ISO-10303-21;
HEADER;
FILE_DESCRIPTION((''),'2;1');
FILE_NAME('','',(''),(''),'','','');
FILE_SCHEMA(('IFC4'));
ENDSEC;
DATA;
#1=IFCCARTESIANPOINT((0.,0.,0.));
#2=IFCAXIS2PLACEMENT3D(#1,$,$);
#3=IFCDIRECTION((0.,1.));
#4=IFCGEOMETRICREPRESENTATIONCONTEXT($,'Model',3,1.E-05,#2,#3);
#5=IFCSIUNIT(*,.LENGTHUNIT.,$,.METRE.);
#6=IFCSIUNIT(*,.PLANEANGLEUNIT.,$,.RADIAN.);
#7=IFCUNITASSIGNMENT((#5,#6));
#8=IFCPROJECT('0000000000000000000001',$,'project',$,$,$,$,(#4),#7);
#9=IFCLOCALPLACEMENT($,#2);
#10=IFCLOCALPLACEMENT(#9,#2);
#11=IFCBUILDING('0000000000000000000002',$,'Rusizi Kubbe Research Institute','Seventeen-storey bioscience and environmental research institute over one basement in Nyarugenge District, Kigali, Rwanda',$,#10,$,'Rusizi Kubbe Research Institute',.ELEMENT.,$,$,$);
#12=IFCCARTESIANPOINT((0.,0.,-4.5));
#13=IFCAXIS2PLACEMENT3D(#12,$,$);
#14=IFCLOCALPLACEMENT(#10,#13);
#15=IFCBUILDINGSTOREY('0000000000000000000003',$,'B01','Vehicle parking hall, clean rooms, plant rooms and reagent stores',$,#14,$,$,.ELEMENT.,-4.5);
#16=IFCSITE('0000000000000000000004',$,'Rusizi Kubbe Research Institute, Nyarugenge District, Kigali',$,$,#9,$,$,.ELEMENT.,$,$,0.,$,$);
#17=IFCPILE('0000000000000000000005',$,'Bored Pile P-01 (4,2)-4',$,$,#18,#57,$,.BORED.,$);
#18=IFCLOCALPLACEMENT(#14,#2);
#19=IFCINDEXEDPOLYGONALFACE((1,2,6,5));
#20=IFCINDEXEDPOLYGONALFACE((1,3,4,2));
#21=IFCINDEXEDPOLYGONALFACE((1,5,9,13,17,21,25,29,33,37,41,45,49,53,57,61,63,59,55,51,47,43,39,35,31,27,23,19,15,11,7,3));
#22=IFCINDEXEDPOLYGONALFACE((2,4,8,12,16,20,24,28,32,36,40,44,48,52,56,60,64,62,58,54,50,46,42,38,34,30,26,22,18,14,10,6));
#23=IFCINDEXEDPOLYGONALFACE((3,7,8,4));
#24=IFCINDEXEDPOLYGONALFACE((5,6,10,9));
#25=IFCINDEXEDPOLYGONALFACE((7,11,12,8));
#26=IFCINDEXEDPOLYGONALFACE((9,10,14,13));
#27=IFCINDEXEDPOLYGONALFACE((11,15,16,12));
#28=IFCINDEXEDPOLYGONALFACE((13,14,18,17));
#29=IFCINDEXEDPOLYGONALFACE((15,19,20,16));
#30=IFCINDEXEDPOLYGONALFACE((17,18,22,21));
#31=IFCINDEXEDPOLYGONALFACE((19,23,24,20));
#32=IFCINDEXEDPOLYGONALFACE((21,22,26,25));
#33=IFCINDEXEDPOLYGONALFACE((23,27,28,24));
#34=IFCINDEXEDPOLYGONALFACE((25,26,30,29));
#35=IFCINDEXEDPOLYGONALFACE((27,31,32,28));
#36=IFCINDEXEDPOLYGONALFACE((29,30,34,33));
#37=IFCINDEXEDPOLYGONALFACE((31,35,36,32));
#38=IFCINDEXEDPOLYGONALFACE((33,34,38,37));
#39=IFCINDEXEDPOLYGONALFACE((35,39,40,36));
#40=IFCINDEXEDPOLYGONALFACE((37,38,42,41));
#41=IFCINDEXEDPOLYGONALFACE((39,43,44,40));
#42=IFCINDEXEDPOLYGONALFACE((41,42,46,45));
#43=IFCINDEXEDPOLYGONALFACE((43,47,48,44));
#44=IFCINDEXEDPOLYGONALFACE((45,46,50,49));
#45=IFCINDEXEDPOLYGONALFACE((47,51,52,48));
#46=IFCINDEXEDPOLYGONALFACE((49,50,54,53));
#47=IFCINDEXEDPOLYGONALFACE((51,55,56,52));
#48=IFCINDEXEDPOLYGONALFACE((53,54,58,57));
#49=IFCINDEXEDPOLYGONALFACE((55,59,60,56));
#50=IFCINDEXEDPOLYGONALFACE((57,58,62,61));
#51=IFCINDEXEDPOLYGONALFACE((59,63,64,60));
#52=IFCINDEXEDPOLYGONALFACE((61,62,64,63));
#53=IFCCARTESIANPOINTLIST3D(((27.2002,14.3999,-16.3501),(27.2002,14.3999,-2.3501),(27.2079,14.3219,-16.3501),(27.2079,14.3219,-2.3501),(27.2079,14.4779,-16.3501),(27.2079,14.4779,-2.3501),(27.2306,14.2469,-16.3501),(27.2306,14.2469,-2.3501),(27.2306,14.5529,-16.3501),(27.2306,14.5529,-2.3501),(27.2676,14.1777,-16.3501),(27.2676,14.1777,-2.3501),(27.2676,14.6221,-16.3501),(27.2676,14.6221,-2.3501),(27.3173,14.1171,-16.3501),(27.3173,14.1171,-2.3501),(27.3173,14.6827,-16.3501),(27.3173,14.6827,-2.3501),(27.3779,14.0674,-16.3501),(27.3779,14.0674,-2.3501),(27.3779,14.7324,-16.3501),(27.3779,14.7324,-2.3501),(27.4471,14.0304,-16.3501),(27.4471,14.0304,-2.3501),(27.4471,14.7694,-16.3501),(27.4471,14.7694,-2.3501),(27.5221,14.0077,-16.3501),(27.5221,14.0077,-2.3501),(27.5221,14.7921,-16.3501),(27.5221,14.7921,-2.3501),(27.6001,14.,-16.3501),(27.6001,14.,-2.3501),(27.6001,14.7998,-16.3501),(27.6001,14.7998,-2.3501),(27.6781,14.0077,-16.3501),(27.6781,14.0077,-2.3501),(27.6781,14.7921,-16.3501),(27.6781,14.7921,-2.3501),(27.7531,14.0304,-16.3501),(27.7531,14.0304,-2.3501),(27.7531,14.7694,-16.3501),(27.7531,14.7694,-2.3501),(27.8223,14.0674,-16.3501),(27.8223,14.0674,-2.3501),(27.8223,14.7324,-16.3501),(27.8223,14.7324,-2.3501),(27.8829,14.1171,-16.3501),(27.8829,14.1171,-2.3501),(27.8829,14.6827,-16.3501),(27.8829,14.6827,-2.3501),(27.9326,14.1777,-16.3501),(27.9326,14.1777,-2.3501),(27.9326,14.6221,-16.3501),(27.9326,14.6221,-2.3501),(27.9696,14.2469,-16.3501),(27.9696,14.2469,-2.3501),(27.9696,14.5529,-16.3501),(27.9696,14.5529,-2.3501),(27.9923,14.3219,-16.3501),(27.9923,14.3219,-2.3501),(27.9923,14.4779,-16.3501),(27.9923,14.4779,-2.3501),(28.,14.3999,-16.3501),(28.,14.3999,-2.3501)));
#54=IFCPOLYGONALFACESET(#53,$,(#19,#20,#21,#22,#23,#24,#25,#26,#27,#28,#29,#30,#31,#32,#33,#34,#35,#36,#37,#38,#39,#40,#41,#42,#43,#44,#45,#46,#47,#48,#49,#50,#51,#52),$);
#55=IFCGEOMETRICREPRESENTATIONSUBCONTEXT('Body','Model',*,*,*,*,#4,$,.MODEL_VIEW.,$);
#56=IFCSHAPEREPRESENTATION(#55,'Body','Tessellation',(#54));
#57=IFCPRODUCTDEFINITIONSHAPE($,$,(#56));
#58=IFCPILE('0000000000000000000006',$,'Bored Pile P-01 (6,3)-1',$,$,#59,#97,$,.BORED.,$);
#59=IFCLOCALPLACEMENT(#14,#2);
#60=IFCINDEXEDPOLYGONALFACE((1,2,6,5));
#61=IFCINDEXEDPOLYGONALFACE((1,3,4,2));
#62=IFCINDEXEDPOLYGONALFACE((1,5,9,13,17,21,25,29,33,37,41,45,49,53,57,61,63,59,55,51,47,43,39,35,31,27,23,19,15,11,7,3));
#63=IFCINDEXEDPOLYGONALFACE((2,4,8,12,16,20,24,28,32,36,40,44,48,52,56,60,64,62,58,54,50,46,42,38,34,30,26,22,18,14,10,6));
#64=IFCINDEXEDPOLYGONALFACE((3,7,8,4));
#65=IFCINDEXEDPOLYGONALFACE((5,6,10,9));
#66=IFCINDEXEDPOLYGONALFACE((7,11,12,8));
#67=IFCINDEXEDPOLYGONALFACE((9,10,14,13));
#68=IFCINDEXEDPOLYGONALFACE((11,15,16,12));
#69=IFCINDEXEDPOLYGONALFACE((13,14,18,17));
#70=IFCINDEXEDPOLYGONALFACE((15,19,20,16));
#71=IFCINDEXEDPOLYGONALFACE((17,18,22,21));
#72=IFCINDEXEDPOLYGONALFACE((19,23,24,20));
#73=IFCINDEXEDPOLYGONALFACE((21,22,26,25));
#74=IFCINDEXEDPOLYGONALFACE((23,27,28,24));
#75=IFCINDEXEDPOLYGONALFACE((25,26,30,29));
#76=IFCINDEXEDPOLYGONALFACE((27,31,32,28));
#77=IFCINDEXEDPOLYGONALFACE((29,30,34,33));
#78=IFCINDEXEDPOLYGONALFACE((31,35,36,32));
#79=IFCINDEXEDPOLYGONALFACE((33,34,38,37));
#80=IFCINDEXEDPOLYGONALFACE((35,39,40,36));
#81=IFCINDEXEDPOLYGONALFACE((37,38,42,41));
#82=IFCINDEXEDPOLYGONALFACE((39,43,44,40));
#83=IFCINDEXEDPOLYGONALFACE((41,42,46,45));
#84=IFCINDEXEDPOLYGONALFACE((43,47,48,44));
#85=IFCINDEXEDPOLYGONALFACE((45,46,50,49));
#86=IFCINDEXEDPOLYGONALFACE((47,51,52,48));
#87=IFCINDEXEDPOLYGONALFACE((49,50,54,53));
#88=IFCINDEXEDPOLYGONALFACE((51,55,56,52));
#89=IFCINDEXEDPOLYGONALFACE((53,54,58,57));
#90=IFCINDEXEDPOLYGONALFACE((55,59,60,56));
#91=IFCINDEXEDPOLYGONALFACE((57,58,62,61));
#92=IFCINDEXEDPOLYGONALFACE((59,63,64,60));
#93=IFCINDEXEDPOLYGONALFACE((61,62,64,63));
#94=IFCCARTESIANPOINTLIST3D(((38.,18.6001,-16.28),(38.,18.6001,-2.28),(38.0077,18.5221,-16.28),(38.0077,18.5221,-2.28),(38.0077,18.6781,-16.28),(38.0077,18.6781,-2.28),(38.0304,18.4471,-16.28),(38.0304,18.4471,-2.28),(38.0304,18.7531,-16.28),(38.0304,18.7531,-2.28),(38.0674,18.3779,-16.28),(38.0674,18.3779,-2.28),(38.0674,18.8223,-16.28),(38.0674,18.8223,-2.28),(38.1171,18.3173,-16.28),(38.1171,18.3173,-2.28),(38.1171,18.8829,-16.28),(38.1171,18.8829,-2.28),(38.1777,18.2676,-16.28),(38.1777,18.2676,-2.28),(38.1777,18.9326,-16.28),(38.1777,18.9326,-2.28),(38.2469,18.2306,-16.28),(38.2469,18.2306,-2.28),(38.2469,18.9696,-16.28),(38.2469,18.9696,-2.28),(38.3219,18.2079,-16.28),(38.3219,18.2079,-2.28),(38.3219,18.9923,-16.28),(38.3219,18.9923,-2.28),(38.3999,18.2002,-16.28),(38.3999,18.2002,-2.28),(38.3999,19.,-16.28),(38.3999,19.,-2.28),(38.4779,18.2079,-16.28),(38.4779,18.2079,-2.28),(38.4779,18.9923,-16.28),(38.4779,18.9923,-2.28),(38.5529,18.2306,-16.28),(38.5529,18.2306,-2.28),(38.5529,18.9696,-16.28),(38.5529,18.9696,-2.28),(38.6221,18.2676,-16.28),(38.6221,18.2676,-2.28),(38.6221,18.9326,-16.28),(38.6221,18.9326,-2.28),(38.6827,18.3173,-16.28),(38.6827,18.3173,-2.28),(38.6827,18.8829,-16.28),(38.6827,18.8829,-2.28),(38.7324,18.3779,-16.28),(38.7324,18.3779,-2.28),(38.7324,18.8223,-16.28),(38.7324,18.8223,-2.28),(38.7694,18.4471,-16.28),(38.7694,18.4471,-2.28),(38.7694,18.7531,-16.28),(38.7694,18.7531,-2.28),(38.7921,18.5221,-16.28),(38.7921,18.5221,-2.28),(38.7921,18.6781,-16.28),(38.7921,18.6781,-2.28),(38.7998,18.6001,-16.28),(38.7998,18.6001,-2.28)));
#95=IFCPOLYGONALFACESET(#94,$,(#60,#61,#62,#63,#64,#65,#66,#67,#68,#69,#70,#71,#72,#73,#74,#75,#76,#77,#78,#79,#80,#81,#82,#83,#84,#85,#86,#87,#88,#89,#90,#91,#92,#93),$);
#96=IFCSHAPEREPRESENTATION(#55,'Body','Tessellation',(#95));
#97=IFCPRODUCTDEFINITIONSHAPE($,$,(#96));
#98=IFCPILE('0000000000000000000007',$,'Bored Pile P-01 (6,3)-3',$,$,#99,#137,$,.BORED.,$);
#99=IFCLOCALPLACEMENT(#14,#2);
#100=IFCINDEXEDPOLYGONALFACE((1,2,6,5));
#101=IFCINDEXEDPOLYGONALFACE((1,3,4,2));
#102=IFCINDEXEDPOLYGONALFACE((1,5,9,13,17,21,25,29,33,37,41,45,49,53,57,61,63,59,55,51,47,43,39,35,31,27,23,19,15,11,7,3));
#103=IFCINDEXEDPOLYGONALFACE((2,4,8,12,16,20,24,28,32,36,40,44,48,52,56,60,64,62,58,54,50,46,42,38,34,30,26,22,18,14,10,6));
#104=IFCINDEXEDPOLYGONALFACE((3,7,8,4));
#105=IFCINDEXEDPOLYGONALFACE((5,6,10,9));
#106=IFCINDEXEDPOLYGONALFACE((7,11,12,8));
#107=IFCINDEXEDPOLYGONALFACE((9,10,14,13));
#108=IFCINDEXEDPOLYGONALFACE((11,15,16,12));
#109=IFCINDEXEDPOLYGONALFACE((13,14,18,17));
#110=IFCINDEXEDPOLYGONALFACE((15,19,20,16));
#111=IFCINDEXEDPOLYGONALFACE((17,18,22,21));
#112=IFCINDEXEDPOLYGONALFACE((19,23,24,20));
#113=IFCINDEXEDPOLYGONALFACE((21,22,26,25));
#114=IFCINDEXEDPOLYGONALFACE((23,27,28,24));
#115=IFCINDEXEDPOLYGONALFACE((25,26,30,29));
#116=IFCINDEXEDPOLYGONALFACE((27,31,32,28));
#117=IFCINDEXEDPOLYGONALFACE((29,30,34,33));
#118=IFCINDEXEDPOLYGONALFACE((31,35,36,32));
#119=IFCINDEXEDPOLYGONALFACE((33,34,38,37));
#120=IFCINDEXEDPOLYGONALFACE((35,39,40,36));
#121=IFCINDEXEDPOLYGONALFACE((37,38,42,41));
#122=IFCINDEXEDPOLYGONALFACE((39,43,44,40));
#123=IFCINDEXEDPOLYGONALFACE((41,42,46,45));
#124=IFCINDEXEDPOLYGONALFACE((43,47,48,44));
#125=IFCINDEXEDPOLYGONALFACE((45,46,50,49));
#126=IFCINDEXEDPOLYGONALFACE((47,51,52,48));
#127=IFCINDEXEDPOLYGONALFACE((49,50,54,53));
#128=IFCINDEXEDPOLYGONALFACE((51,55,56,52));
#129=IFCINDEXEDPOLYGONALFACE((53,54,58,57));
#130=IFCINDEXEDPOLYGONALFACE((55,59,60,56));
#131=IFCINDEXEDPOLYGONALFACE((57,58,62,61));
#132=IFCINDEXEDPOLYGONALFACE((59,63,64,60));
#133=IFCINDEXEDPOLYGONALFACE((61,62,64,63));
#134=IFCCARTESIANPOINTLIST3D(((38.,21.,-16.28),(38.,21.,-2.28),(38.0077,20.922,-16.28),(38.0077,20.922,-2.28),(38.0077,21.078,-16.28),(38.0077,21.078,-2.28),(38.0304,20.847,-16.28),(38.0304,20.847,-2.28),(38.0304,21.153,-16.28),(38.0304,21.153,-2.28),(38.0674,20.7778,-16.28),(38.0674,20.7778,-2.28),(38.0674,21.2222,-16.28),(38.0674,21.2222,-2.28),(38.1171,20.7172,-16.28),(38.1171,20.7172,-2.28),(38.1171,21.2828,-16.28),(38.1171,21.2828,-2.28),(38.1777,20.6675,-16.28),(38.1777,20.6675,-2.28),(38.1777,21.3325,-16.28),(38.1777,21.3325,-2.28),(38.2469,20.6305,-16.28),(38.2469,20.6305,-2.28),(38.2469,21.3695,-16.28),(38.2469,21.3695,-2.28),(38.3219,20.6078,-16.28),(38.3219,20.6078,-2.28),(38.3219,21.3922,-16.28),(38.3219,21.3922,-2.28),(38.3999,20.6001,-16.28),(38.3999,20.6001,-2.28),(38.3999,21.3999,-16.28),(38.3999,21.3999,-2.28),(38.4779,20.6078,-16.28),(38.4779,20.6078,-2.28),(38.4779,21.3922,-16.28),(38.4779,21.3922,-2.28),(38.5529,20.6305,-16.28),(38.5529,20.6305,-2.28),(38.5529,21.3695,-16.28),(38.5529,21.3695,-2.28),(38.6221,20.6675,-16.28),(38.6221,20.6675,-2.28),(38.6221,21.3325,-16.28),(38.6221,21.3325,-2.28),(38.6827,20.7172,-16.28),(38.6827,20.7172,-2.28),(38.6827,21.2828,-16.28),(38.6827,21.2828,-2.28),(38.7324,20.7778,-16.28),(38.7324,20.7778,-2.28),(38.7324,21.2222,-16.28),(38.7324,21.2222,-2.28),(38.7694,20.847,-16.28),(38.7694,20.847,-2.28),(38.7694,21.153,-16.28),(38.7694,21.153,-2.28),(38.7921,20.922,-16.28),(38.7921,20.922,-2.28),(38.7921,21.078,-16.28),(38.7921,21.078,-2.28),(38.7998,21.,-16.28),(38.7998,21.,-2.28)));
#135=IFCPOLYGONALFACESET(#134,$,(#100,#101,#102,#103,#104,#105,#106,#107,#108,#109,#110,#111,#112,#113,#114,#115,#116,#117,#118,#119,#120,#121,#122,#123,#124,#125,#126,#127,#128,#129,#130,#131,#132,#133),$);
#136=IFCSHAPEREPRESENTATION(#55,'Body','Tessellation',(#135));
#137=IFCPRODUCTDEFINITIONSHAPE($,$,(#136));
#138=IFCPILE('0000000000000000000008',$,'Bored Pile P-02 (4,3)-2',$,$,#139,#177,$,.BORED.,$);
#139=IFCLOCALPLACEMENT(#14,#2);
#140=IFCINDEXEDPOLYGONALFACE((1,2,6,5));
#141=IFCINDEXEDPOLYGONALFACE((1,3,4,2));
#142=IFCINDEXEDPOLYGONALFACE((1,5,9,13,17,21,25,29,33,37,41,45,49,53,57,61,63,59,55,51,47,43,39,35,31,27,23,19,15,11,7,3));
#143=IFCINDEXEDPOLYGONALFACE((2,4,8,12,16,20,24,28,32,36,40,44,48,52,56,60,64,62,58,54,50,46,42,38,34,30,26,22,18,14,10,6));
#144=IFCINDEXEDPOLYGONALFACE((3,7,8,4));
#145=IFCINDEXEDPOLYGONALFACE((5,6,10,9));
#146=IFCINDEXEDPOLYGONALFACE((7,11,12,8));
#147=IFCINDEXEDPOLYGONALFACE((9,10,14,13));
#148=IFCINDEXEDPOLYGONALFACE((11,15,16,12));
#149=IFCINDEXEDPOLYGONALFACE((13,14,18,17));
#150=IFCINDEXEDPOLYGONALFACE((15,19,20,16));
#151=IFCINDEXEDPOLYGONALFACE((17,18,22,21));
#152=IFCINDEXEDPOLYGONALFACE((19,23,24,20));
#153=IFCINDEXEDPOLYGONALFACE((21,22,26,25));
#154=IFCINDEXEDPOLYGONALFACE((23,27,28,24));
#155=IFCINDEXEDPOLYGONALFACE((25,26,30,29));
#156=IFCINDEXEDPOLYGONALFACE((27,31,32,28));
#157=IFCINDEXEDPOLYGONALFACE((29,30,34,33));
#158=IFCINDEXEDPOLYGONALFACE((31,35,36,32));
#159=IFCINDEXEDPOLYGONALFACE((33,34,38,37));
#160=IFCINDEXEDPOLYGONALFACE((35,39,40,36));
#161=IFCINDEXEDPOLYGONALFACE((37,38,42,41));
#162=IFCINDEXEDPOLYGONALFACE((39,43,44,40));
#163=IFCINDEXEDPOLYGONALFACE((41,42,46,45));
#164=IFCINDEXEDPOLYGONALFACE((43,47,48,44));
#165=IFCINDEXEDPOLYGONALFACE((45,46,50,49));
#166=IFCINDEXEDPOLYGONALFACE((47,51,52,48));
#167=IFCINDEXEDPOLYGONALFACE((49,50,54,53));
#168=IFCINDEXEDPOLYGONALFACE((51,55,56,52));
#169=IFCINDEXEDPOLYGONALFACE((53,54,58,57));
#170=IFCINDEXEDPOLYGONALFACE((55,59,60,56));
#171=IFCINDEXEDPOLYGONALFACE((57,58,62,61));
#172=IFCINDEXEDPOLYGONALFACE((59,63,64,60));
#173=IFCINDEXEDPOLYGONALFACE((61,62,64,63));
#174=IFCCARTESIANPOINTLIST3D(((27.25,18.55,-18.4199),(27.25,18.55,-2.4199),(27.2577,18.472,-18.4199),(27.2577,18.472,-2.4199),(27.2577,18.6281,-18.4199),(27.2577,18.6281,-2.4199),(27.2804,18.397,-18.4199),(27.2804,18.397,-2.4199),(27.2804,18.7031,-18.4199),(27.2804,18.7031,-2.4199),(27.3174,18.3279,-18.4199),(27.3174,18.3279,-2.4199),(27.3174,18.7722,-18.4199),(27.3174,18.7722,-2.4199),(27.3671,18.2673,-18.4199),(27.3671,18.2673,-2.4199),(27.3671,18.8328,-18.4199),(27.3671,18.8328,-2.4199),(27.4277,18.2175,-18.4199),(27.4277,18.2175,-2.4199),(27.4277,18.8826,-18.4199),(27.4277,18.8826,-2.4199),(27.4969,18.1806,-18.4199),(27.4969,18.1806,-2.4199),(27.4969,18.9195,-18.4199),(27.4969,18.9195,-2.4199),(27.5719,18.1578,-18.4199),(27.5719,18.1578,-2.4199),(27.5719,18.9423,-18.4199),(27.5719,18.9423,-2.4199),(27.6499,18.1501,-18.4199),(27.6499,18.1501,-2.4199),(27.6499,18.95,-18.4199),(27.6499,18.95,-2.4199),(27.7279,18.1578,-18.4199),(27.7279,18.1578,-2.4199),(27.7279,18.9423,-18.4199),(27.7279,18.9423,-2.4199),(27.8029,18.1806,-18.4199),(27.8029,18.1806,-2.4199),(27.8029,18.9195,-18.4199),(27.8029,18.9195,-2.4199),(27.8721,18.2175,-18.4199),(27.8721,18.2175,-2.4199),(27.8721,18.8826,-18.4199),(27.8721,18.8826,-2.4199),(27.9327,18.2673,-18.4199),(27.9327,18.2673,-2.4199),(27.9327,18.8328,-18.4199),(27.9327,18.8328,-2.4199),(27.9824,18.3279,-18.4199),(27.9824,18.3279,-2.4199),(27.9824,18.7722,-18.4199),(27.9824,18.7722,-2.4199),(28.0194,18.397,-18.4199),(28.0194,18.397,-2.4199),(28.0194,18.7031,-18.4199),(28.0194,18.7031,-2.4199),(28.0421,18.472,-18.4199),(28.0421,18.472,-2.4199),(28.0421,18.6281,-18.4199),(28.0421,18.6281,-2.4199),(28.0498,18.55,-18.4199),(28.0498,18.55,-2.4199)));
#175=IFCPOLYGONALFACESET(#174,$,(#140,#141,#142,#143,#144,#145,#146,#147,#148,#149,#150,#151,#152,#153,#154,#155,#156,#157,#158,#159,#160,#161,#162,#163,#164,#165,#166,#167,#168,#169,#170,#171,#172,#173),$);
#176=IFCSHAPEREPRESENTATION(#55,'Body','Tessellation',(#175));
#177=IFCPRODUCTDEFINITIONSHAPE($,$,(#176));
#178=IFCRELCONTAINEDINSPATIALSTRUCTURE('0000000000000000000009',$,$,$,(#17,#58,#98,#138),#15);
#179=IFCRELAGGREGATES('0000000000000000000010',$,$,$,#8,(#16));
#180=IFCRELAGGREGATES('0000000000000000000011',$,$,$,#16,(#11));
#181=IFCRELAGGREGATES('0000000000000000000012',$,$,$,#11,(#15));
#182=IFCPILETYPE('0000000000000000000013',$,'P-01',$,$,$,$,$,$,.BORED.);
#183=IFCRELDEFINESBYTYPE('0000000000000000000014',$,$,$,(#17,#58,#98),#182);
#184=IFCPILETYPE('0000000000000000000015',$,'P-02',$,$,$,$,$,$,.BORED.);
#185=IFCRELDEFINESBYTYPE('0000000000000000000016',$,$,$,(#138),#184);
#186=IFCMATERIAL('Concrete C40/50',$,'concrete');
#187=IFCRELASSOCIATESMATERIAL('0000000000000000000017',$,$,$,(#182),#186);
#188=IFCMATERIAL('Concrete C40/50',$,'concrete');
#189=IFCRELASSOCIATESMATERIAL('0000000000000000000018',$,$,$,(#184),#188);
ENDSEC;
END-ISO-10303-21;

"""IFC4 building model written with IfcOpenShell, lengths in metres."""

from ifc_helpers import new_model, si_unit, direction, frame, origin, origin_2d, place, context, subcontext, project, spatial, circle, extrude, material, material_profile, profile_set, type_object, element, save


model = new_model("IFC4")

# Units and contexts
model_context = context("Model", 3, precision=1e-05, world=origin(), true_north=direction((0.0, 1.0)))
body_context = subcontext(model_context, "Body", "Model", "MODEL_VIEW")
ifc_project = project(units=[si_unit("LENGTHUNIT", "METRE"), si_unit("PLANEANGLEUNIT", "RADIAN")], contexts=[model_context])

# Site, building, storey
site_placement = place(None, origin())
site = spatial("IfcSite", under=ifc_project, at=site_placement, Name="Rusizi Kubbe Research Institute, Nyarugenge District, Kigali", CompositionType="ELEMENT", RefElevation=0.0)
building_placement = place(site_placement, origin())
building = spatial("IfcBuilding", under=site, at=building_placement, Name="Rusizi Kubbe Research Institute", Description="Seventeen-storey bioscience and environmental research institute over one basement in Nyarugenge District, Kigali, Rwanda", LongName="Rusizi Kubbe Research Institute", CompositionType="ELEMENT")
storey_placement = place(building_placement, frame((0.0, 0.0, -4.5)))
storey = spatial("IfcBuildingStorey", under=building, at=storey_placement, Name="B01", Description="Vehicle parking hall, clean rooms, plant rooms and reagent stores", CompositionType="ELEMENT", Elevation=-4.5)

# Piles
ifc_material_1 = material(Name="Concrete C40/50", Category="concrete")
ifc_material_profile_1 = material_profile(ifc_material_1, circle(Radius=0.3999, at=origin_2d()), Name="PILE-D800")
ifc_profile_set_1 = profile_set([ifc_material_profile_1], Name="Concrete C40/50")
pile_type_1 = type_object("IfcPileType", Name="P-01", PredefinedType="BORED", material=ifc_profile_set_1)
for number, where, z_axis, x_axis, name in (
    (1, (27.6001, 14.3999, -2.3501), (0.0, 0.0, -1.0), (1.0, 0.0, 0.0), "Bored Pile P-01 (4,2)-4"),
    (2, (38.3999, 18.6001, -2.28), (0.0, 0.0, -1.0), (1.0, 0.0, 0.0), "Bored Pile P-01 (6,3)-1"),
    (3, (38.3999, 21.0, -2.28), (0.0, 0.0, -1.0), (1.0, 0.0, 0.0), "Bored Pile P-01 (6,3)-3"),
):
    element("IfcPile", number, at=place(storey_placement, frame(where, z_axis=z_axis, x_axis=x_axis)), inside=storey, type_object=pile_type_1, Name=name, PredefinedType="BORED", context=body_context, shape_type="SweptSolid", body=[
        extrude(circle(Radius=0.3999, at=origin_2d()), origin(), (0.0, 0.0, 1.0), 14.0),
    ])
ifc_material_2 = material(Name="Concrete C40/50", Category="concrete")
ifc_material_profile_2 = material_profile(ifc_material_2, circle(Radius=0.3999, at=origin_2d()), Name="PILE-D800")
ifc_profile_set_2 = profile_set([ifc_material_profile_2], Name="Concrete C40/50")
pile_type_2 = type_object("IfcPileType", Name="P-02", PredefinedType="BORED", material=ifc_profile_set_2)
for number, where, z_axis, x_axis, name in (
    (4, (27.6499, 18.55, -2.4199), (0.0, 0.0, -1.0), (1.0, 0.0, 0.0), "Bored Pile P-02 (4,3)-2"),
):
    element("IfcPile", number, at=place(storey_placement, frame(where, z_axis=z_axis, x_axis=x_axis)), inside=storey, type_object=pile_type_2, Name=name, PredefinedType="BORED", context=body_context, shape_type="SweptSolid", body=[
        extrude(circle(Radius=0.3999, at=origin_2d()), origin(), (0.0, 0.0, 1.0), 16.0),
    ])

save(model, "model.ifc")
